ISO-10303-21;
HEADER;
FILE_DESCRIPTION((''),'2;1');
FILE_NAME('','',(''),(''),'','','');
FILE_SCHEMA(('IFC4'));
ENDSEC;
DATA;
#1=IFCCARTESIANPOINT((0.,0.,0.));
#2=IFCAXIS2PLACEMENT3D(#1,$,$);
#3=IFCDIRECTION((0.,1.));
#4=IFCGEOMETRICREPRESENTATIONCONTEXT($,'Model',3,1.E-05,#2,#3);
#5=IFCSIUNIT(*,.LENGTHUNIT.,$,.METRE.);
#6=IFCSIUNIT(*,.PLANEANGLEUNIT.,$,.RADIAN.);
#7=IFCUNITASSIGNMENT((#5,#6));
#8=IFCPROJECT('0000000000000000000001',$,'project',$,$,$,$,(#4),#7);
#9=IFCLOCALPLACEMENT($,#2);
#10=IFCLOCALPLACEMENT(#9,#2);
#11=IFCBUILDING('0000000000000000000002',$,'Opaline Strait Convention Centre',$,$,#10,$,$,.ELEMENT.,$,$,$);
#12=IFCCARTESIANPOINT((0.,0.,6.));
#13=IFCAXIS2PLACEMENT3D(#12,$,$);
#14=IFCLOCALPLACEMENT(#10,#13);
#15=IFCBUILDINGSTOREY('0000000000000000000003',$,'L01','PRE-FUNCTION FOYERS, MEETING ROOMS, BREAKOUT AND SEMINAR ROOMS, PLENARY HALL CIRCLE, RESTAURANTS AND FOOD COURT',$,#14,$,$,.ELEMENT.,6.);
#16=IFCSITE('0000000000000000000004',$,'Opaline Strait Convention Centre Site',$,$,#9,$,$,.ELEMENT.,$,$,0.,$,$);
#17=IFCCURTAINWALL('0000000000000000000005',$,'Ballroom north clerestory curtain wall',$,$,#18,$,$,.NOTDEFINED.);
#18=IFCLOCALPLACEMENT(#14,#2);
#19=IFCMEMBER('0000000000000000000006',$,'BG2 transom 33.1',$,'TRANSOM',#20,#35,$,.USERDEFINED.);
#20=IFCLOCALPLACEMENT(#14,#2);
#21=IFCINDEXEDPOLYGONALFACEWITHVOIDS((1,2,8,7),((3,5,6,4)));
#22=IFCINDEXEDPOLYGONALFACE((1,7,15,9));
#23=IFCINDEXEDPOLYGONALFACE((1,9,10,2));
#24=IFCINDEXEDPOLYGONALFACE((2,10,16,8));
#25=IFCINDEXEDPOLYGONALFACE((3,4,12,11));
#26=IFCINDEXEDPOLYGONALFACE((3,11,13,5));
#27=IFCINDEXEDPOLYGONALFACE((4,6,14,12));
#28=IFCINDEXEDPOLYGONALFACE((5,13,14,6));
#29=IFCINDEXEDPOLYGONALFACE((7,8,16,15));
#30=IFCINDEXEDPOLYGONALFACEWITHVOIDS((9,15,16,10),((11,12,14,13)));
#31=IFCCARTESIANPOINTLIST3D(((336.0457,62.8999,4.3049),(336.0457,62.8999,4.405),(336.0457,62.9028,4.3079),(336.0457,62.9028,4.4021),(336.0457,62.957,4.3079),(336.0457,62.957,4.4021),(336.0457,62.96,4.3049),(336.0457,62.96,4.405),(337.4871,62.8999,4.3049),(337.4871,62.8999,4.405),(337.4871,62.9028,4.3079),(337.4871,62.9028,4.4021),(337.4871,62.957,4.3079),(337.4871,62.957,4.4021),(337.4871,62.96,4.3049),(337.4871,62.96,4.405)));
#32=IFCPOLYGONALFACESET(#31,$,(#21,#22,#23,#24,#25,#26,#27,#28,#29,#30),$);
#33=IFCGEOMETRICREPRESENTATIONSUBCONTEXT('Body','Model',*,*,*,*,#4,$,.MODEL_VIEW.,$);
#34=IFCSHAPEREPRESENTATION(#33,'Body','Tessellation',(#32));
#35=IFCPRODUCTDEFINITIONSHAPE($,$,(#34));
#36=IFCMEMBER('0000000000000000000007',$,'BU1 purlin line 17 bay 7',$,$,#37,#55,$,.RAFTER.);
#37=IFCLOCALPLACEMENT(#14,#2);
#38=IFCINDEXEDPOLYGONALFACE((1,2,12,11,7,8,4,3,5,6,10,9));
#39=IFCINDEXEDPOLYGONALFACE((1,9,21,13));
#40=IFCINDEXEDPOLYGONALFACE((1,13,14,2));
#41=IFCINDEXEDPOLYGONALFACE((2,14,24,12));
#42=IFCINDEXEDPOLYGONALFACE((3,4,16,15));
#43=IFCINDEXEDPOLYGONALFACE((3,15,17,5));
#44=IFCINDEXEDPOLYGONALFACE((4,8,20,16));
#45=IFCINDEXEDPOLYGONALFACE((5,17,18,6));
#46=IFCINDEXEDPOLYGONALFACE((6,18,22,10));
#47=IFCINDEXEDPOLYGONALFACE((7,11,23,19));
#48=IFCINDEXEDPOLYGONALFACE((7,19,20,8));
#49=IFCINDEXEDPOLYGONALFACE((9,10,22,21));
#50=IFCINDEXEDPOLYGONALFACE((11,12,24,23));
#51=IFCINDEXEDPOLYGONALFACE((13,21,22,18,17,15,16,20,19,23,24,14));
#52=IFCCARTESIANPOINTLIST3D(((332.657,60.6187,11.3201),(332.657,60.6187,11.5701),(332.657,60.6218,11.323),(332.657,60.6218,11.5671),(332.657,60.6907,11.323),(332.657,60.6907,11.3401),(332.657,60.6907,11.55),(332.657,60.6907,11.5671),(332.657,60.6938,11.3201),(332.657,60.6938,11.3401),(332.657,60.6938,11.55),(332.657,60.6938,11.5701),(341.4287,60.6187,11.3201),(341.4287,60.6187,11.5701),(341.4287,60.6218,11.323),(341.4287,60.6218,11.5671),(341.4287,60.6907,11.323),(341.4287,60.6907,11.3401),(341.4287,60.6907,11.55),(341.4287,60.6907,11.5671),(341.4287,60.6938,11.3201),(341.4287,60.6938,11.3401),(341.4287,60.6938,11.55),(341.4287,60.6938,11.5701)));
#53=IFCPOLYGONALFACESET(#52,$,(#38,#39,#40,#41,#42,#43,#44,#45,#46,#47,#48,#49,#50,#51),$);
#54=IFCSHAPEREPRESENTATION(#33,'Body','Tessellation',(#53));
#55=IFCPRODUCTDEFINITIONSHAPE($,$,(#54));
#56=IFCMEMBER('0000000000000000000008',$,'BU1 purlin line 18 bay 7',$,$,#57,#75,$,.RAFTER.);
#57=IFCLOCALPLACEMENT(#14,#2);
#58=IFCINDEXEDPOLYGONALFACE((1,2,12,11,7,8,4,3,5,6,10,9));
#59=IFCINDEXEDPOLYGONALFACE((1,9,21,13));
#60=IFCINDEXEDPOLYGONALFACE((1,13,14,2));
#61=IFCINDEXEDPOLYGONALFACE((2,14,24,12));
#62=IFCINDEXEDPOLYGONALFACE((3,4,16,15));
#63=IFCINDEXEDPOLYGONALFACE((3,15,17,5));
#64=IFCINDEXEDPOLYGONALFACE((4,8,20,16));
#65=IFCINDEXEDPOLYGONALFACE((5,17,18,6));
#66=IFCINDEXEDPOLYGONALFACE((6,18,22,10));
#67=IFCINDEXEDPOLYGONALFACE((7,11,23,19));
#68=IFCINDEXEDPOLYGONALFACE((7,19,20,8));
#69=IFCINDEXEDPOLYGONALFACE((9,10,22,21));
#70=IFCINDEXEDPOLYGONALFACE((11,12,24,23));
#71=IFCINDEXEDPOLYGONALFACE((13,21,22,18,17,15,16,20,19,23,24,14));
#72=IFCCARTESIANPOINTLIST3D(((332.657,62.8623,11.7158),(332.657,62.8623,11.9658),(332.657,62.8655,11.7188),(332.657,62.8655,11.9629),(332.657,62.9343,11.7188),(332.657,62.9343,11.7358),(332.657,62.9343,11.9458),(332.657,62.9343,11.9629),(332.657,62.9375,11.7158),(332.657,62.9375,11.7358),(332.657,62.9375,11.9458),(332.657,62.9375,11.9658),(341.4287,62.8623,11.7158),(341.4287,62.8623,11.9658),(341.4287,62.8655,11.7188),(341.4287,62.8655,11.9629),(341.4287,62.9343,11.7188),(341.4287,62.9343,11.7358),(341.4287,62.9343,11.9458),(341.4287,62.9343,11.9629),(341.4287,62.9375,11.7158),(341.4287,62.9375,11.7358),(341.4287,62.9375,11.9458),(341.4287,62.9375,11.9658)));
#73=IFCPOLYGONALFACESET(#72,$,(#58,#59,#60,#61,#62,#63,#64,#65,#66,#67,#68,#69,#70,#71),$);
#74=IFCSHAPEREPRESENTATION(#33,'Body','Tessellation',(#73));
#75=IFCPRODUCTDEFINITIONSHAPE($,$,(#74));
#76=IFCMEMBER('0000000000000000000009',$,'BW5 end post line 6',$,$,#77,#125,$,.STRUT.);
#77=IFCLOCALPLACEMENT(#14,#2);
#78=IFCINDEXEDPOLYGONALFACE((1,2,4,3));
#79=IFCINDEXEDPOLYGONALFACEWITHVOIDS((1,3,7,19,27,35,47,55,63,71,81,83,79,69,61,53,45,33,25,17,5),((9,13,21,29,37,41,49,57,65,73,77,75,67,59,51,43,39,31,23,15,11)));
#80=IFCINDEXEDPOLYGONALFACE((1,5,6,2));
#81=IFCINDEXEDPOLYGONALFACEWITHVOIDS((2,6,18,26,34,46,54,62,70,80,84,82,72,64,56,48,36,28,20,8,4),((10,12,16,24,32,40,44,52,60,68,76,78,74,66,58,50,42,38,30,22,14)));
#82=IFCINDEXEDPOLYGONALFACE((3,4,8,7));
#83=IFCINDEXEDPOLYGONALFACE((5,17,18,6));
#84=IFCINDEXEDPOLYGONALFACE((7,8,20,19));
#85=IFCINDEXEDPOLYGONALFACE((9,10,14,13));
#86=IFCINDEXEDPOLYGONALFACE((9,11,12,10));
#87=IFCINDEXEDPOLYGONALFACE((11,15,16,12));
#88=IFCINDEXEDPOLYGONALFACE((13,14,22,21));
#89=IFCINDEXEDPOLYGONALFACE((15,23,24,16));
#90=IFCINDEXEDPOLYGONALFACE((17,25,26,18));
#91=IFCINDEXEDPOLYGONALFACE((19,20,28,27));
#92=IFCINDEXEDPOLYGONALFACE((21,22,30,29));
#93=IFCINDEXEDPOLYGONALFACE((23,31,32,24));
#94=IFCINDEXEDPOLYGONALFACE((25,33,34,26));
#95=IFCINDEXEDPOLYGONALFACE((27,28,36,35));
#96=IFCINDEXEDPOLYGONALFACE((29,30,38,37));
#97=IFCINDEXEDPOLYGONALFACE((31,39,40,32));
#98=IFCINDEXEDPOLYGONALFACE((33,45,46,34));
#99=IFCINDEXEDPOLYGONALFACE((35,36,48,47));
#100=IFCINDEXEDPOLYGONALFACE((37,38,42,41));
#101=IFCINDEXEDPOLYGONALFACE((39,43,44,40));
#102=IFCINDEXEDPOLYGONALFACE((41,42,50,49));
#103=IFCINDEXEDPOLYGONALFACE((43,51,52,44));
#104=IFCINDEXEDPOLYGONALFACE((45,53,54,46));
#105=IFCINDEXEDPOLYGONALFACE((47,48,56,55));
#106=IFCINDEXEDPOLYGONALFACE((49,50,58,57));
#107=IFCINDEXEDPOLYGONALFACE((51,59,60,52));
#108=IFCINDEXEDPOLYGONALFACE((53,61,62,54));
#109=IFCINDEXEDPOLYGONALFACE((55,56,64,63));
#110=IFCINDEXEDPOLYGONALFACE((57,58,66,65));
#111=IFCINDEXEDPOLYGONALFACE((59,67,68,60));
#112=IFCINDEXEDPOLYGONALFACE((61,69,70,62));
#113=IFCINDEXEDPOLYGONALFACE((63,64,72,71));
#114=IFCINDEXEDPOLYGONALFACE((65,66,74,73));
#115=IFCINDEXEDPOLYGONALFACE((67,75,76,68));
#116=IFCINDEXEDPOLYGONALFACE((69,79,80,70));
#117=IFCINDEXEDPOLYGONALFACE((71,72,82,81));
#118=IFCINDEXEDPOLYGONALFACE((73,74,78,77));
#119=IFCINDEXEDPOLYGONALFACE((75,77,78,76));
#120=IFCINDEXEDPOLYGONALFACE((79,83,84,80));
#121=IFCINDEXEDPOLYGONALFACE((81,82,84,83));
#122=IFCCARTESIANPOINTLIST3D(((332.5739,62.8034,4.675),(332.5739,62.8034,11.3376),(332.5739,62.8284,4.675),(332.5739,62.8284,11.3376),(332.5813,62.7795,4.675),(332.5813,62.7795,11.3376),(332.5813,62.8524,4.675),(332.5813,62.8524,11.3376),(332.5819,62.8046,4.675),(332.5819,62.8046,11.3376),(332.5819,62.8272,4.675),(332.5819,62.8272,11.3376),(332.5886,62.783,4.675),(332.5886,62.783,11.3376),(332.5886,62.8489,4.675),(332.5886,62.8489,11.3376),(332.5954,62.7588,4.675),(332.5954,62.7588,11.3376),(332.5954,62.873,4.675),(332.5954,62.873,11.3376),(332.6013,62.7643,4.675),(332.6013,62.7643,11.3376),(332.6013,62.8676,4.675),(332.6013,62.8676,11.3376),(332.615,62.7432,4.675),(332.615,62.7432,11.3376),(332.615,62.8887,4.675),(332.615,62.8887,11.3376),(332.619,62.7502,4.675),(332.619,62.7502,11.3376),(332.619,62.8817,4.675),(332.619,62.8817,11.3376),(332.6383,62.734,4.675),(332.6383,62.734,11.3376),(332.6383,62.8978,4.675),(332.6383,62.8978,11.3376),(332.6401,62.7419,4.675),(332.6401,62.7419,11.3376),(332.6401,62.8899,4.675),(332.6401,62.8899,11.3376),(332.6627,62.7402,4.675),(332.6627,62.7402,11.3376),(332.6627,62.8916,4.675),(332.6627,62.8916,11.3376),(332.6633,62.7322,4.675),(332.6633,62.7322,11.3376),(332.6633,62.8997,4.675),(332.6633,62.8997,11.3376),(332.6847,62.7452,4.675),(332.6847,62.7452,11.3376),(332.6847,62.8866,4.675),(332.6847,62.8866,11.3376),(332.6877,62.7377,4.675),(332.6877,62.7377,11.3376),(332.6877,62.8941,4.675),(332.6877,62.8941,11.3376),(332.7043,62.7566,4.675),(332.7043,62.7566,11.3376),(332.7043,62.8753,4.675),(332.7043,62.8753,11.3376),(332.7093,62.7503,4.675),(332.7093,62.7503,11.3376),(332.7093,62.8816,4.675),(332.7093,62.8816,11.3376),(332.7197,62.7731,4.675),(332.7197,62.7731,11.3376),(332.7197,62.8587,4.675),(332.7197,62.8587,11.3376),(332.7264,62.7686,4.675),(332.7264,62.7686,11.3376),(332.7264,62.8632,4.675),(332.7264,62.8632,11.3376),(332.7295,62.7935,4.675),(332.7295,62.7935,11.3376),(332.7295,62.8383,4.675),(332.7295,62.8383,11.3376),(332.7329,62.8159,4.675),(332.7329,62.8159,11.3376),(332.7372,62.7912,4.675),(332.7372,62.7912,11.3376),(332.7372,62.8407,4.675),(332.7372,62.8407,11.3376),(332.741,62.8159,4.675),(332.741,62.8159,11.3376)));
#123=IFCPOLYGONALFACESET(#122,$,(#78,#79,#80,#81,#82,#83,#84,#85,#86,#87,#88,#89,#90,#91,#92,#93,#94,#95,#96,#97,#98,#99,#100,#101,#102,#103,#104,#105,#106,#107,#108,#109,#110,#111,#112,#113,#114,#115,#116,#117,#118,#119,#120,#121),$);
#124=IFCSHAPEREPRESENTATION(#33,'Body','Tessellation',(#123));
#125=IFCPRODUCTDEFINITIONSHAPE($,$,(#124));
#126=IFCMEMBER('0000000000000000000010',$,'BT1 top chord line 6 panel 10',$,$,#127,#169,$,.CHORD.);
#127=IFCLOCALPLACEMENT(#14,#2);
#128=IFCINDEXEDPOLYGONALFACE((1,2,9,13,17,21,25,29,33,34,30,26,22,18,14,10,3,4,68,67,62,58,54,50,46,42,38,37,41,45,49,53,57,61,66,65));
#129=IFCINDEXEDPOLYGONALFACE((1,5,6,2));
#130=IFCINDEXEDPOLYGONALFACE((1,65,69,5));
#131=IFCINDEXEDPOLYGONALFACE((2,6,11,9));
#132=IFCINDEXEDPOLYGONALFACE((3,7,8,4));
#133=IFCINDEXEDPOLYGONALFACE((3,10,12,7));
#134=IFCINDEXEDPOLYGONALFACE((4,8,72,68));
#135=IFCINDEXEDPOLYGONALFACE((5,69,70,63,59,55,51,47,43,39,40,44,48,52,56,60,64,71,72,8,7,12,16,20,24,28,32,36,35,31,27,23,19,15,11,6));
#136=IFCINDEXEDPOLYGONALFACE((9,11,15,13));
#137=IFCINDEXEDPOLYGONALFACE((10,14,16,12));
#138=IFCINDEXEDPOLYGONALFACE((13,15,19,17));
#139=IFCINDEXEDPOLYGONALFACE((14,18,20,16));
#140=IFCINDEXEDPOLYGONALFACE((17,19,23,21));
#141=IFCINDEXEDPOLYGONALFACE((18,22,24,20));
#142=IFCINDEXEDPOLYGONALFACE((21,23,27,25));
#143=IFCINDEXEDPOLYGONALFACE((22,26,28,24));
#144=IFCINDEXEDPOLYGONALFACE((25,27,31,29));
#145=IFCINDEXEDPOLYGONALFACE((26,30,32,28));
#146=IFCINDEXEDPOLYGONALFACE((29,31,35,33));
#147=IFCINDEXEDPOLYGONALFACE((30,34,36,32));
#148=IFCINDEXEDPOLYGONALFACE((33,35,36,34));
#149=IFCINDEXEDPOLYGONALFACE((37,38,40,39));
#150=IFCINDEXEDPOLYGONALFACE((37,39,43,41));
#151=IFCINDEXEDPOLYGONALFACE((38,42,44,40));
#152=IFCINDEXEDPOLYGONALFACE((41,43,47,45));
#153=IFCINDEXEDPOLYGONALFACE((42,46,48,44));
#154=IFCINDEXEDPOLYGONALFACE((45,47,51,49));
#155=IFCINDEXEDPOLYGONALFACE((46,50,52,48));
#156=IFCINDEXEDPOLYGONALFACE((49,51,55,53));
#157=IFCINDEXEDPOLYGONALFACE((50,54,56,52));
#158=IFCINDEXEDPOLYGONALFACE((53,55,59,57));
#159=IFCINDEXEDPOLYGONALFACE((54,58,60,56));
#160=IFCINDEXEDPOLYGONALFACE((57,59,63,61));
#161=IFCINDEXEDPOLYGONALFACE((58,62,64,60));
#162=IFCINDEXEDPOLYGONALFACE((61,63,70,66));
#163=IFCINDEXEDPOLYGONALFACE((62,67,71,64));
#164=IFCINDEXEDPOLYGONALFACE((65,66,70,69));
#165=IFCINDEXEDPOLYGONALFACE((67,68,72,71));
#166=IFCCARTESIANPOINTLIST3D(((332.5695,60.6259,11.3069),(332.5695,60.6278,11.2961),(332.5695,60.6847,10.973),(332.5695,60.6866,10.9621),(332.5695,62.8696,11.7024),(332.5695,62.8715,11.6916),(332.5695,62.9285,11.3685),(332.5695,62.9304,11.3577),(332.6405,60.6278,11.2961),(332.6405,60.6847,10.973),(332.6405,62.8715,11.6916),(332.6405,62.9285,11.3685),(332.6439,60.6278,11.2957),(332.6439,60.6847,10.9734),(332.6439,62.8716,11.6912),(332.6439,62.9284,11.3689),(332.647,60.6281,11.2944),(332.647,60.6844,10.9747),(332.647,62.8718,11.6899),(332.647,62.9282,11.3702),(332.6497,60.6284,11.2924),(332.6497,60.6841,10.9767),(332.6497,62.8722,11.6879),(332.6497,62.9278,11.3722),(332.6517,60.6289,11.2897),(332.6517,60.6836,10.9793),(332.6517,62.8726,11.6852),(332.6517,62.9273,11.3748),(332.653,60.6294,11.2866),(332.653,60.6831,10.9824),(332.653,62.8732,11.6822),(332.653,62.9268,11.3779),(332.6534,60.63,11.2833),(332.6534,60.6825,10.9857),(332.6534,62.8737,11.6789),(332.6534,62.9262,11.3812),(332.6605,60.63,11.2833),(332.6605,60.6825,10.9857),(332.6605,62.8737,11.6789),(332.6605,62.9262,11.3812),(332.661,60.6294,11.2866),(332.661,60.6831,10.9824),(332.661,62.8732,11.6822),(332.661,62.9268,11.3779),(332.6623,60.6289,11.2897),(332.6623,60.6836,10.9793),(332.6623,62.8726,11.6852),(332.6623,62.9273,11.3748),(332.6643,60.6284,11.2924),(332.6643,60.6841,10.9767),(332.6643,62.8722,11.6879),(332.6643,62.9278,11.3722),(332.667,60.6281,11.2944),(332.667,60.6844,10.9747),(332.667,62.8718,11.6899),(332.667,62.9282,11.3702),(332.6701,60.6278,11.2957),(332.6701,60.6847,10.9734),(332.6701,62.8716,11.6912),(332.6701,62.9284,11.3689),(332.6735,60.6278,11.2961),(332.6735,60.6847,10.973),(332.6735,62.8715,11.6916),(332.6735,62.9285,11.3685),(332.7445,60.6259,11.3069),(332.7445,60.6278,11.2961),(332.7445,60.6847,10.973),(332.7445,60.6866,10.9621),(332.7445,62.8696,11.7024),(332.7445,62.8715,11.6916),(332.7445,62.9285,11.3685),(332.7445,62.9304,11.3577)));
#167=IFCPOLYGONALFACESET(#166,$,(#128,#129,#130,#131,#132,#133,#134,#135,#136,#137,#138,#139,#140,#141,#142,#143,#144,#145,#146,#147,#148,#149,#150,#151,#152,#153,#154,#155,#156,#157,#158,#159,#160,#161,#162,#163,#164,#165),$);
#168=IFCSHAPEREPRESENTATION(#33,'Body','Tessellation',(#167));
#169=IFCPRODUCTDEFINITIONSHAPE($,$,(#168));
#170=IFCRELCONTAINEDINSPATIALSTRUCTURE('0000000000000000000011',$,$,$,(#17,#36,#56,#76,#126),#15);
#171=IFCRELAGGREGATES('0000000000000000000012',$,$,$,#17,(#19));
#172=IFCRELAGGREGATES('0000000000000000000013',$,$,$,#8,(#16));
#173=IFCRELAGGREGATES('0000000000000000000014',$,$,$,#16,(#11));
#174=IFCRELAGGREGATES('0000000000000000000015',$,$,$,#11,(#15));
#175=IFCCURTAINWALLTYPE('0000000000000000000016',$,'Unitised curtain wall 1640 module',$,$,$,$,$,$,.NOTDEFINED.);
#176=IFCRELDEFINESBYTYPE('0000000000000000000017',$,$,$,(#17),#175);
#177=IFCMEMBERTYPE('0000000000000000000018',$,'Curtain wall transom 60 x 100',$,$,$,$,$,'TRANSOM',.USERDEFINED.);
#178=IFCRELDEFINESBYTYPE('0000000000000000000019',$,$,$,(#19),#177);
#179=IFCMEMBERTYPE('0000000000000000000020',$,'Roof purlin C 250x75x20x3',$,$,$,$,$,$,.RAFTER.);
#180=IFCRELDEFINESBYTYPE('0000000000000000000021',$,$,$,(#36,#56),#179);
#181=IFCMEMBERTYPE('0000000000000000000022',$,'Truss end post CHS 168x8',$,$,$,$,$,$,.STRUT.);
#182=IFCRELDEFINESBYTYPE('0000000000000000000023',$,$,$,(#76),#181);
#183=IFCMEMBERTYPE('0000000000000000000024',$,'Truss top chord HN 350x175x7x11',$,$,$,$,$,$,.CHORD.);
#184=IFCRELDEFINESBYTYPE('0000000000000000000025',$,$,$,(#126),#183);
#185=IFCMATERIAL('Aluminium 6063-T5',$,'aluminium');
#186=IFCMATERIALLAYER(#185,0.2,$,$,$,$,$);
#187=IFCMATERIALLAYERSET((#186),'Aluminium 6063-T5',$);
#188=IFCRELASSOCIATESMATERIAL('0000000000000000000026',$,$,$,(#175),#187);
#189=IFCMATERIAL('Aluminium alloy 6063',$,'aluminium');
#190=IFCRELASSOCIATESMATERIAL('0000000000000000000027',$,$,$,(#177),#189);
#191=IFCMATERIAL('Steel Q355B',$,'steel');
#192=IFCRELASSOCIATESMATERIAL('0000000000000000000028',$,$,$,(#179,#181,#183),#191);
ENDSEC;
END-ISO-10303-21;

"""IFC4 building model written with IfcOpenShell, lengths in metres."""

from ifc_helpers import new_model, si_unit, direction, frame, origin, origin_2d, place, context, subcontext, project, spatial, polyline, hollow_rectangle, hollow_circle, i_section, outline, extrude, material, layer, layer_set, material_profile, profile_set, type_object, element, aggregate, save


model = new_model("IFC4")

# Units and contexts
model_context = context("Model", 3, precision=1e-05, world=origin(), true_north=direction((0.0, 1.0)))
body_context = subcontext(model_context, "Body", "Model", "MODEL_VIEW")
ifc_project = project(units=[si_unit("LENGTHUNIT", "METRE"), si_unit("PLANEANGLEUNIT", "RADIAN")], contexts=[model_context])

# Site, building, storey
site_placement = place(None, origin())
site = spatial("IfcSite", under=ifc_project, at=site_placement, Name="Opaline Strait Convention Centre Site", CompositionType="ELEMENT", RefElevation=0.0)
building_placement = place(site_placement, origin())
building = spatial("IfcBuilding", under=site, at=building_placement, Name="Opaline Strait Convention Centre", CompositionType="ELEMENT")
storey_placement = place(building_placement, frame((0.0, 0.0, 6.0)))
storey = spatial("IfcBuildingStorey", under=building, at=storey_placement, Name="L01", Description="PRE-FUNCTION FOYERS, MEETING ROOMS, BREAKOUT AND SEMINAR ROOMS, PLENARY HALL CIRCLE, RESTAURANTS AND FOOD COURT", CompositionType="ELEMENT", Elevation=6.0)

# Curtain wall, member
ifc_material_1 = material(Name="Aluminium 6063-T5", Category="aluminium")
ifc_layer_1 = layer(ifc_material_1, 0.2)
ifc_layer_set_1 = layer_set([ifc_layer_1], Name="Aluminium 6063-T5")
curtain_wall_type = type_object("IfcCurtainWallType", Name="Unitised curtain wall 1640 module", PredefinedType="NOTDEFINED", material=ifc_layer_set_1)
curtain_wall_placement = place(storey_placement, origin())
curtain_wall = element("IfcCurtainWall", 1, at=curtain_wall_placement, inside=storey, type_object=curtain_wall_type, Name="Ballroom north clerestory curtain wall", PredefinedType="NOTDEFINED")
ifc_material_2 = material(Name="Aluminium alloy 6063", Category="aluminium")
ifc_material_profile_1 = material_profile(ifc_material_2, hollow_rectangle(XDim=0.0601, YDim=0.1001, WallThickness=0.0029, at=origin_2d()), Name="TRANSOM 60x100x3")
ifc_profile_set_1 = profile_set([ifc_material_profile_1], Name="Aluminium alloy 6063")
member_type_1 = type_object("IfcMemberType", Name="Curtain wall transom 60 x 100", ElementType="TRANSOM", PredefinedType="USERDEFINED", material=ifc_profile_set_1)
member_1_placement = place(storey_placement, frame((336.0457, 62.9299, 4.355), z_axis=(1.0, 0.0, 0.0), x_axis=(0.0, 1.0, 0.0)))
member_1 = element("IfcMember", 2, at=member_1_placement, type_object=member_type_1, Name="BG2 transom 33.1", ObjectType="TRANSOM", PredefinedType="USERDEFINED", context=body_context, shape_type="SweptSolid", body=[
    extrude(hollow_rectangle(XDim=0.0601, YDim=0.1001, WallThickness=0.0029, at=origin_2d()), origin(), (0.0, 0.0, 1.0), 1.4414),
])

# Members
ifc_material_3 = material(Name="Steel Q355B", Category="steel")
ifc_material_profile_2 = material_profile(ifc_material_3, outline(polyline([(-0.0376, -0.125), (0.0376, -0.125), (0.0376, -0.105), (0.0344, -0.105), (0.0344, -0.1221), (-0.0344, -0.1221), (-0.0344, 0.1221), (0.0344, 0.1221), (0.0344, 0.105), (0.0376, 0.105), (0.0376, 0.125), (-0.0376, 0.125), (-0.0376, -0.125)])), Name="C 250x75x20x3")
ifc_profile_set_2 = profile_set([ifc_material_profile_2], Name="Steel Q355B")
member_type_2 = type_object("IfcMemberType", Name="Roof purlin C 250x75x20x3", PredefinedType="RAFTER", material=ifc_profile_set_2)
for number, where, z_axis, x_axis, name in (
    (3, (332.657, 60.6562, 11.4451), (1.0, 0.0, 0.0), (0.0, 1.0, 0.0), "BU1 purlin line 17 bay 7"),
    (4, (332.657, 62.8999, 11.8408), (1.0, 0.0, 0.0), (0.0, 1.0, 0.0), "BU1 purlin line 18 bay 7"),
):
    element("IfcMember", number, at=place(storey_placement, frame(where, z_axis=z_axis, x_axis=x_axis)), inside=storey, type_object=member_type_2, Name=name, PredefinedType="RAFTER", context=body_context, shape_type="SweptSolid", body=[
        extrude(outline(polyline([(-0.0376, -0.125), (0.0376, -0.125), (0.0376, -0.105), (0.0344, -0.105), (0.0344, -0.1221), (-0.0344, -0.1221), (-0.0344, 0.1221), (0.0344, 0.1221), (0.0344, 0.105), (0.0376, 0.105), (0.0376, 0.125), (-0.0376, 0.125), (-0.0376, -0.125)])), origin(), (0.0, 0.0, 1.0), 8.7717),
    ])
ifc_material_profile_3 = material_profile(ifc_material_3, hollow_circle(Radius=0.084, WallThickness=0.0081, at=origin_2d()), Name="CHS 168x8")
ifc_profile_set_3 = profile_set([ifc_material_profile_3], Name="Steel Q355B")
member_type_3 = type_object("IfcMemberType", Name="Truss end post CHS 168x8", PredefinedType="STRUT", material=ifc_profile_set_3)
member_2_placement = place(storey_placement, frame((332.657, 62.8159, 4.675), z_axis=(0.0, 0.0, 1.0), x_axis=(1.0, 0.0, 0.0)))
element("IfcMember", 5, at=member_2_placement, inside=storey, type_object=member_type_3, Name="BW5 end post line 6", PredefinedType="STRUT", context=body_context, shape_type="SweptSolid", body=[
    extrude(hollow_circle(Radius=0.084, WallThickness=0.0081, at=origin_2d()), origin(), (0.0, 0.0, 1.0), 6.6626),
])
ifc_material_profile_4 = material_profile(ifc_material_3, i_section(OverallWidth=0.175, OverallDepth=0.3501, WebThickness=0.0071, FlangeThickness=0.011, FilletRadius=0.0129, at=origin_2d()), Name="HN 350x175x7x11")
ifc_profile_set_4 = profile_set([ifc_material_profile_4], Name="Steel Q355B")
member_type_4 = type_object("IfcMemberType", Name="Truss top chord HN 350x175x7x11", PredefinedType="CHORD", material=ifc_profile_set_4)
member_3_placement = place(storey_placement, frame((332.657, 60.6562, 11.1345), z_axis=(0.0, 0.984816, 0.173602), x_axis=(-1.0, 0.0, 0.0)))
element("IfcMember", 6, at=member_3_placement, inside=storey, type_object=member_type_4, Name="BT1 top chord line 6 panel 10", PredefinedType="CHORD", context=body_context, shape_type="SweptSolid", body=[
    extrude(i_section(OverallWidth=0.175, OverallDepth=0.3501, WebThickness=0.0071, FlangeThickness=0.011, FilletRadius=0.0129, at=origin_2d()), origin(), (0.0, 0.0, 1.0), 2.2783),
])

aggregate(curtain_wall, [member_1])

save(model, "model.ifc")
